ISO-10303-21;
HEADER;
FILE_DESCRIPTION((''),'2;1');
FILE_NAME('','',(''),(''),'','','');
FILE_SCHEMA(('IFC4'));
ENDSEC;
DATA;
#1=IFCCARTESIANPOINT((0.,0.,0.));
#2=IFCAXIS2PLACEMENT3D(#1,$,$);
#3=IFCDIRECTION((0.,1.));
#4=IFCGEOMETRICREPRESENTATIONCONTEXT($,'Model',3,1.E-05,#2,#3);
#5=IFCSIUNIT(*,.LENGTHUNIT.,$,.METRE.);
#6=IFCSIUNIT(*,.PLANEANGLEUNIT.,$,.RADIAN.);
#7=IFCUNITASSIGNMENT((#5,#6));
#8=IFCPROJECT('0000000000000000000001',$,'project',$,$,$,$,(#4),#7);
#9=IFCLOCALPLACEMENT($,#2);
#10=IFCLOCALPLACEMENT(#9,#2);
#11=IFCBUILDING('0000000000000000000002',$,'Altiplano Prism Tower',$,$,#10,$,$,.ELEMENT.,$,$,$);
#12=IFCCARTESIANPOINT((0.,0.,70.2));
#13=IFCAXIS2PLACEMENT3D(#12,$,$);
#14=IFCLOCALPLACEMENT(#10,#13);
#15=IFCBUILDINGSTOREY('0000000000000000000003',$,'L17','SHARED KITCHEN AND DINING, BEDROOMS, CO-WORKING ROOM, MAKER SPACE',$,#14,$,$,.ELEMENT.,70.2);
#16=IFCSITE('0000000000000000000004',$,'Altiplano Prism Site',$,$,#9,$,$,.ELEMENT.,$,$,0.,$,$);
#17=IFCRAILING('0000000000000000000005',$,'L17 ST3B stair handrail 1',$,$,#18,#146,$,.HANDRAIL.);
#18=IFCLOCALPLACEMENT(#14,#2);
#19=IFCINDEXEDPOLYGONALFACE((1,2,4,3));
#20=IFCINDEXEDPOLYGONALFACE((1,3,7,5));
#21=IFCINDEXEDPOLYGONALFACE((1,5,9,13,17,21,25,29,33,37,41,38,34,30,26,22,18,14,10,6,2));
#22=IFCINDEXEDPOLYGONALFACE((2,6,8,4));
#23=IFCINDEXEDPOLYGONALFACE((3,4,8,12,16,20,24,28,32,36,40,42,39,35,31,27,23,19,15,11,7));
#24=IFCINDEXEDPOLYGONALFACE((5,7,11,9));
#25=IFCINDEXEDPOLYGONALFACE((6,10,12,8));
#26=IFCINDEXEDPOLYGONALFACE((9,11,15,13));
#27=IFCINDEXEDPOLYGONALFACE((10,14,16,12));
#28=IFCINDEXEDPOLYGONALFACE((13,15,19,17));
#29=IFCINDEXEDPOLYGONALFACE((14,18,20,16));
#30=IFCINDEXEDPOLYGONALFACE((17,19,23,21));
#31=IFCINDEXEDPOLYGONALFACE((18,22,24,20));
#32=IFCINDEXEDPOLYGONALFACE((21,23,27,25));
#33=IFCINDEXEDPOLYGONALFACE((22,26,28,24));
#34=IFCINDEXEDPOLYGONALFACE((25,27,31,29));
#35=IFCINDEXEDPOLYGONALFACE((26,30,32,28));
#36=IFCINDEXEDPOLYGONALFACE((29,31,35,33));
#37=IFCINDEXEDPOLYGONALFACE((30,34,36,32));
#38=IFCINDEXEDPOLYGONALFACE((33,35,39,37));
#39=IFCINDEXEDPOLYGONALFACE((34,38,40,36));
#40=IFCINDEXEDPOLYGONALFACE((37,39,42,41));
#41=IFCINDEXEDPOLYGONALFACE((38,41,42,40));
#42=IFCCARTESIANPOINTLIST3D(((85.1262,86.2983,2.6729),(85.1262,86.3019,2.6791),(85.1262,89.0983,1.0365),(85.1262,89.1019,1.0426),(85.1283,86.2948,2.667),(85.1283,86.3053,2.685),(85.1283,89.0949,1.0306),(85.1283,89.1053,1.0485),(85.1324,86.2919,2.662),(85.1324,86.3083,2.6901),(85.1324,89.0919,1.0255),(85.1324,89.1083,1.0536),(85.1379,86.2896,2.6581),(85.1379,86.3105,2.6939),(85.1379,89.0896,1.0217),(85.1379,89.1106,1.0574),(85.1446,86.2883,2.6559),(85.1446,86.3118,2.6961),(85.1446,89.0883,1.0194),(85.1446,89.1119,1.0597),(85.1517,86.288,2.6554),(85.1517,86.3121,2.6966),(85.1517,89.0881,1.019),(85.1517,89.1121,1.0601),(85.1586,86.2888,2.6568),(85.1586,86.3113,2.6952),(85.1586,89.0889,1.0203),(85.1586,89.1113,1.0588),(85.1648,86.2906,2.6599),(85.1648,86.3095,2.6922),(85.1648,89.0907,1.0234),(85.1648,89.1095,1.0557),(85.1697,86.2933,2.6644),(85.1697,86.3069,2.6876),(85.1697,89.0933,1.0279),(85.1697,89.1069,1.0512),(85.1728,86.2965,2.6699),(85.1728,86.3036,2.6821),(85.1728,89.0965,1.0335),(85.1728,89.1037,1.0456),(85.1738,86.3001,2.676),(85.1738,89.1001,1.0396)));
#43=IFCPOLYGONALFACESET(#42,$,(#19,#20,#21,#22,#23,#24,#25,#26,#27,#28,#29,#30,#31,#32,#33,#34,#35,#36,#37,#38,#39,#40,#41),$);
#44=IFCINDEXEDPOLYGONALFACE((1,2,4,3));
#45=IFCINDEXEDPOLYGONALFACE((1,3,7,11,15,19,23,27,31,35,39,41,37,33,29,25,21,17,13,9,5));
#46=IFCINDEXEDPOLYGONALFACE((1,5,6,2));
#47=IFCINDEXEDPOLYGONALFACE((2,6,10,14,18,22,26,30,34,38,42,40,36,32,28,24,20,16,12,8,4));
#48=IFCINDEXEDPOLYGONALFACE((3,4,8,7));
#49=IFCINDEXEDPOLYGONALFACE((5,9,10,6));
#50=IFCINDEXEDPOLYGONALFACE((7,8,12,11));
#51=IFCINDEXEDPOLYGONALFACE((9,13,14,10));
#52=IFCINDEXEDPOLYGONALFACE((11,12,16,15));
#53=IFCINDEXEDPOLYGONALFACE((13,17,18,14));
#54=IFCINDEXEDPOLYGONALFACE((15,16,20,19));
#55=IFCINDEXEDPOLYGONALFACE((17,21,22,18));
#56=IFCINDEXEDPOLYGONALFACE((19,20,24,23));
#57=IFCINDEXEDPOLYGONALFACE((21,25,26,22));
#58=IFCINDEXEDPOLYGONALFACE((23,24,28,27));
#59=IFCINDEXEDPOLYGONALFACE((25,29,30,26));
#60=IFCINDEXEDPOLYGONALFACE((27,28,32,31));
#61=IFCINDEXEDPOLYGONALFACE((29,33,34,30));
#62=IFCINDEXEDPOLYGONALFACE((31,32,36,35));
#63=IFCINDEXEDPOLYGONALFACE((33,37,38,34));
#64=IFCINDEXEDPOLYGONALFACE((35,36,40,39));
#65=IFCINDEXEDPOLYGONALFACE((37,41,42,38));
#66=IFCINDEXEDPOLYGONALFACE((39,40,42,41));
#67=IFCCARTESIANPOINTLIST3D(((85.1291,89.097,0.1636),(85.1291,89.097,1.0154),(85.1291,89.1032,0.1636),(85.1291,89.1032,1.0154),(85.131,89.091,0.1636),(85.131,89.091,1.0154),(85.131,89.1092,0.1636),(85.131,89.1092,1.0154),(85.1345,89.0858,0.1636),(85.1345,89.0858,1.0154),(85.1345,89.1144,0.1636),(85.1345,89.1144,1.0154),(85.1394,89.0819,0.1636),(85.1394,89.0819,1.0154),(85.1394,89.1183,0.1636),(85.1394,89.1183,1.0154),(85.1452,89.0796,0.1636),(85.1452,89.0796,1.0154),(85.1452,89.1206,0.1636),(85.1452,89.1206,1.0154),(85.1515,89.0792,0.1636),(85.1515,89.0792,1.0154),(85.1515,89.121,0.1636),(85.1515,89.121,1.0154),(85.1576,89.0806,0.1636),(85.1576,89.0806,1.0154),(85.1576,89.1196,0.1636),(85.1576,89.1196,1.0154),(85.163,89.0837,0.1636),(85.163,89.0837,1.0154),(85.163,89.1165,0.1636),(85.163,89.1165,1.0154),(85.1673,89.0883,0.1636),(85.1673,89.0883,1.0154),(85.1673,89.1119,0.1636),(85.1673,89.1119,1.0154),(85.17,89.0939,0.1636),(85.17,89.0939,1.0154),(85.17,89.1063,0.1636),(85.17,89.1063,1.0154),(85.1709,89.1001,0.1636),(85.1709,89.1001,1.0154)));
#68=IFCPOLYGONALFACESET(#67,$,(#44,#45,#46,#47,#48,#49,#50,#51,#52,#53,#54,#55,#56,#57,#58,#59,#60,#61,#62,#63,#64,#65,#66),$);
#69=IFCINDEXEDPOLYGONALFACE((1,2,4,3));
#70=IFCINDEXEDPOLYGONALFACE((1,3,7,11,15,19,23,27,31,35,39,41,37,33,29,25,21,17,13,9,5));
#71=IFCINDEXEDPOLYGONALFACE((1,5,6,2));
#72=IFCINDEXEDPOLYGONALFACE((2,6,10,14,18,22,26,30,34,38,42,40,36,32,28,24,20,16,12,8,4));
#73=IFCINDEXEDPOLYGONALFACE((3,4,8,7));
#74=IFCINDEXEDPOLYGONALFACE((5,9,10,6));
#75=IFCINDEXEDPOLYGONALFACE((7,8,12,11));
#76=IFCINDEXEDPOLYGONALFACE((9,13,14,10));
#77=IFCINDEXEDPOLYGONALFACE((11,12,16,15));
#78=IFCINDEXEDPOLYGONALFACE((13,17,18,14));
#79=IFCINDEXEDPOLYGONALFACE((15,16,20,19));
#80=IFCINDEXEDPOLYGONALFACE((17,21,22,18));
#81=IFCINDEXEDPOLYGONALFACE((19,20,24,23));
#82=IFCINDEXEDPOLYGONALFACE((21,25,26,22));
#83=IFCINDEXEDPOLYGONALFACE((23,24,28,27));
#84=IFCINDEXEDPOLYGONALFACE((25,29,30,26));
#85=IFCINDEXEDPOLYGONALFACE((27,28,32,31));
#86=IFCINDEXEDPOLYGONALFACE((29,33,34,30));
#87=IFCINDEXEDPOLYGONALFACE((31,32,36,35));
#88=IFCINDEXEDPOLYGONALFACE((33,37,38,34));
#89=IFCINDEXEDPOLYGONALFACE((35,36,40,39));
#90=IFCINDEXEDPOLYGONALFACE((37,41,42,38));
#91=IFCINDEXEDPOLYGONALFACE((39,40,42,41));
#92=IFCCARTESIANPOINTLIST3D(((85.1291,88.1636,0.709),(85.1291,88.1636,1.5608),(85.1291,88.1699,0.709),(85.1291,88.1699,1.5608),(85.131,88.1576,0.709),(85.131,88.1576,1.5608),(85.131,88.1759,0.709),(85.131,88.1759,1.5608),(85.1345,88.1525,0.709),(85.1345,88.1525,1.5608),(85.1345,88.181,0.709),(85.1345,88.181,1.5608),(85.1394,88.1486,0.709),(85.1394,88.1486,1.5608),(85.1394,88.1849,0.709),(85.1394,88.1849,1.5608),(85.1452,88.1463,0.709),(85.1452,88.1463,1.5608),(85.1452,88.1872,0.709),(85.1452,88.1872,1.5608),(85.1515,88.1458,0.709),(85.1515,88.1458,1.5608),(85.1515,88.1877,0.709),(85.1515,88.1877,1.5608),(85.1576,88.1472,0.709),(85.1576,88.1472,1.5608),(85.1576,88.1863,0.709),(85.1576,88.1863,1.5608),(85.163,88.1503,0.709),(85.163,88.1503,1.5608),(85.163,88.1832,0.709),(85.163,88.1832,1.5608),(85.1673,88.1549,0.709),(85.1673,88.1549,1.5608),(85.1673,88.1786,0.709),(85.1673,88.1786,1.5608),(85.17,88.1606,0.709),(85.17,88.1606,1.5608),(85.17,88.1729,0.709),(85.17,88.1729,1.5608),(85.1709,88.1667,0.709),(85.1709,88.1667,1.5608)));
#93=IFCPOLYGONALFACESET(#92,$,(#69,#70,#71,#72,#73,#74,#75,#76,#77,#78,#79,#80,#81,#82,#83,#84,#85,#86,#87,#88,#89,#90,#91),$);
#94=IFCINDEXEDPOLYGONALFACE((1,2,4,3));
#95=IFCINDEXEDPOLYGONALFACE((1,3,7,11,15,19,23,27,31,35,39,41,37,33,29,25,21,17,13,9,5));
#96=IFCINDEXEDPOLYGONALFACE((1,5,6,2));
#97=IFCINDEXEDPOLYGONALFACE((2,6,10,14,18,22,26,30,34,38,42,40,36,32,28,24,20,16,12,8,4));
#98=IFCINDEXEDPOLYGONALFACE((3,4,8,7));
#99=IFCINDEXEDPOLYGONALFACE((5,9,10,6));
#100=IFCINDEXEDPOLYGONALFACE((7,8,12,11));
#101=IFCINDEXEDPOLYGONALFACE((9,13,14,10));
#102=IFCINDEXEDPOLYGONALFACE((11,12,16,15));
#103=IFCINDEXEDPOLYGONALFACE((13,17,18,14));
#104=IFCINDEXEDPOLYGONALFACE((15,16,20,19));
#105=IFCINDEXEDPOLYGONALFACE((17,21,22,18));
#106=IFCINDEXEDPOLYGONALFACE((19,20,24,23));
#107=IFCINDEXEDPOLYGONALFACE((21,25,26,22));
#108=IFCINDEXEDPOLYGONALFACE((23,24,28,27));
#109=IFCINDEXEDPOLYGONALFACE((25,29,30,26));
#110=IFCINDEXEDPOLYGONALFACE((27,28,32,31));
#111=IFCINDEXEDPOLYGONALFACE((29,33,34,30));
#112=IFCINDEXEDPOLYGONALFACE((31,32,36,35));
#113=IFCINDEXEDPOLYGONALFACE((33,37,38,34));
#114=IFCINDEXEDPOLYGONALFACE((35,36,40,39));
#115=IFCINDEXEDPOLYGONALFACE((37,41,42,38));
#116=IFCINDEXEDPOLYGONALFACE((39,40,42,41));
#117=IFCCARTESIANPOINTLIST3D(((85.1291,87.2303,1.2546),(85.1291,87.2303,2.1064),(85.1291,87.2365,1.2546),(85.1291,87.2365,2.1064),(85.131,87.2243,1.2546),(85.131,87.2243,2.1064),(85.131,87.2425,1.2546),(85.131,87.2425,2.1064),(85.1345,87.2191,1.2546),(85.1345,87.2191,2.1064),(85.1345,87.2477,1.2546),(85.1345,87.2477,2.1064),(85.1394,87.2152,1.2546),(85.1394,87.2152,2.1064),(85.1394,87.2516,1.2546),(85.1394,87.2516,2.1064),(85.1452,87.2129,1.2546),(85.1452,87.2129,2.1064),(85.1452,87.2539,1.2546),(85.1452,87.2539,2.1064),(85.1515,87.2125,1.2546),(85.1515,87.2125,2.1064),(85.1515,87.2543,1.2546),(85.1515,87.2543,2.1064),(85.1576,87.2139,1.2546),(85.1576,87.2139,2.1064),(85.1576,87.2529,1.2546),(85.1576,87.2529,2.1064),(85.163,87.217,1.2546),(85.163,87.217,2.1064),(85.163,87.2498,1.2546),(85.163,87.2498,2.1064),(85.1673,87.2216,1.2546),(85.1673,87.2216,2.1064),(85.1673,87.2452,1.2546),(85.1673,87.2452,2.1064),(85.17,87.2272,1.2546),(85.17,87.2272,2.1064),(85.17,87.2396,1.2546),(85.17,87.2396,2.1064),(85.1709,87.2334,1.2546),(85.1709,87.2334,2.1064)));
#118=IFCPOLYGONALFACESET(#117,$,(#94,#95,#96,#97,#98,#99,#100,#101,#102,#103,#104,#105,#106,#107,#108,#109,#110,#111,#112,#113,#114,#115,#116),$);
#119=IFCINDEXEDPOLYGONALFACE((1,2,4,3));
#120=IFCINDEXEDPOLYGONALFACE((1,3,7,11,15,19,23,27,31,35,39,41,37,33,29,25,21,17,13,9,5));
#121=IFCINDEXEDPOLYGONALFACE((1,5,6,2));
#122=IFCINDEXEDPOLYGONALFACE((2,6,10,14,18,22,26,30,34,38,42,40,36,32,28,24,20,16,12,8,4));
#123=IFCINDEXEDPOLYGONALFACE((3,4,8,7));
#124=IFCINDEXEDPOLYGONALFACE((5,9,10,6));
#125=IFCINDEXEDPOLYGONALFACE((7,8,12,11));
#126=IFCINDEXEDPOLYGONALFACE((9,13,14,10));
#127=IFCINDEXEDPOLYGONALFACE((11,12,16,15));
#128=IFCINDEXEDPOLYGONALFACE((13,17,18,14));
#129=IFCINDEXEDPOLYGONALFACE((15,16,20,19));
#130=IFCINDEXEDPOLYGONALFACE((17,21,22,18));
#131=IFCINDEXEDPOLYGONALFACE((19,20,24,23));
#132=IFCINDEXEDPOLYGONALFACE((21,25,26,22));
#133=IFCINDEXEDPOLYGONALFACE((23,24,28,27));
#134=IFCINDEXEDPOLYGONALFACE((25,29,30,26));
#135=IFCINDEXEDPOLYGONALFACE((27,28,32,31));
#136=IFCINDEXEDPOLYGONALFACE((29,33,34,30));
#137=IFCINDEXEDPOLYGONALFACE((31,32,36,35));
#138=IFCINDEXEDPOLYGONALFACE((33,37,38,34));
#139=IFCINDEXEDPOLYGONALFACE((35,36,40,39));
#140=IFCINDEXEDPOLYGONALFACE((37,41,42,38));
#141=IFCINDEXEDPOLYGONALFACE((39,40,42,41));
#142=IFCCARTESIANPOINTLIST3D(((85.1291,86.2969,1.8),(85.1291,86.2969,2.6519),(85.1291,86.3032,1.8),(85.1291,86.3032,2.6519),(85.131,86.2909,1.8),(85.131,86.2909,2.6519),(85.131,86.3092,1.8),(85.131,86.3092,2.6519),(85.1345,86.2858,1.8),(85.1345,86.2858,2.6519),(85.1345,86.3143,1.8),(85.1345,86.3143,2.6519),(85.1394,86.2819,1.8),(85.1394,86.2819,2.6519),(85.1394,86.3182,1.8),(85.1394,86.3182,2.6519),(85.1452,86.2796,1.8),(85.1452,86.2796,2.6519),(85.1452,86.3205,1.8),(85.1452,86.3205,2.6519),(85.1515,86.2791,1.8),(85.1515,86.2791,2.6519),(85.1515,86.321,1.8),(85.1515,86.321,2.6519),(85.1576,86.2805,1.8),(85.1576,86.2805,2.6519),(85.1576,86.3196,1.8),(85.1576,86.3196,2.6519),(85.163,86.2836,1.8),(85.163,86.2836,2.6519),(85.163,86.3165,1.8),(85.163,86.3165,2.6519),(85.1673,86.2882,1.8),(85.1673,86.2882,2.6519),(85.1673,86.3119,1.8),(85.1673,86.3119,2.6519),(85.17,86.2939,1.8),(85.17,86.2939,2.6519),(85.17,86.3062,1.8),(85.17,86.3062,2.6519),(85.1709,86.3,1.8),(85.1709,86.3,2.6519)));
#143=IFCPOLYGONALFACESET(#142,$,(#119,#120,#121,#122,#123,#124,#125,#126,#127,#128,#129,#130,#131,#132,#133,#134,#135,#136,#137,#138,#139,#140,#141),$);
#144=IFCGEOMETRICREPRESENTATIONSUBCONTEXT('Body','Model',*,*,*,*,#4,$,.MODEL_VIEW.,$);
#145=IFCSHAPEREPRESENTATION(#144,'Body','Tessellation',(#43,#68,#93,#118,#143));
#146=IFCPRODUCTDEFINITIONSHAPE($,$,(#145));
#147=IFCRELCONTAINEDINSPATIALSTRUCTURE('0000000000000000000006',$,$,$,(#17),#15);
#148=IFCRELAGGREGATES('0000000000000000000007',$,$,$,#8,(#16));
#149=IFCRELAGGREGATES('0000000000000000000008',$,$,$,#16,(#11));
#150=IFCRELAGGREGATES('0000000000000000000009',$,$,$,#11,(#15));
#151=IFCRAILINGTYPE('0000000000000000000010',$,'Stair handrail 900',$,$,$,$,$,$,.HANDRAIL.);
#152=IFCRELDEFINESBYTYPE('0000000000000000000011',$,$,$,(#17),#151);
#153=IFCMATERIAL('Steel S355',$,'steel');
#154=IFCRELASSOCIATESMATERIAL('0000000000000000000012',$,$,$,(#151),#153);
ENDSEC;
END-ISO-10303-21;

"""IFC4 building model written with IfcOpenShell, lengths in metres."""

from ifc_helpers import new_model, si_unit, direction, frame, origin, origin_2d, place, context, subcontext, project, spatial, circle, extrude, material, type_object, element, save


model = new_model("IFC4")

# Units and contexts
model_context = context("Model", 3, precision=1e-05, world=origin(), true_north=direction((0.0, 1.0)))
body_context = subcontext(model_context, "Body", "Model", "MODEL_VIEW")
ifc_project = project(units=[si_unit("LENGTHUNIT", "METRE"), si_unit("PLANEANGLEUNIT", "RADIAN")], contexts=[model_context])

# Site, building, storey
site_placement = place(None, origin())
site = spatial("IfcSite", under=ifc_project, at=site_placement, Name="Altiplano Prism Site", CompositionType="ELEMENT", RefElevation=0.0)
building_placement = place(site_placement, origin())
building = spatial("IfcBuilding", under=site, at=building_placement, Name="Altiplano Prism Tower", CompositionType="ELEMENT")
storey_placement = place(building_placement, frame((0.0, 0.0, 70.2)))
storey = spatial("IfcBuildingStorey", under=building, at=storey_placement, Name="L17", Description="SHARED KITCHEN AND DINING, BEDROOMS, CO-WORKING ROOM, MAKER SPACE", CompositionType="ELEMENT", Elevation=70.2)

# Railing
ifc_material_1 = material(Name="Steel S355", Category="steel")
railing_type_1 = type_object("IfcRailingType", Name="Stair handrail 900", PredefinedType="HANDRAIL", material=ifc_material_1)
for number, where, name in (
    (1, (85.1499, 89.1001, 0.1636), "L17 ST3B stair handrail 1"),
):
    element("IfcRailing", number, at=place(storey_placement, frame(where)), inside=storey, type_object=railing_type_1, Name=name, PredefinedType="HANDRAIL", context=body_context, shape_type="SweptSolid", body=[
        extrude(circle(Radius=0.0239, at=origin_2d()), frame((0.0, 0.0, 0.876), z_axis=(0.0, -0.863361, 0.504587), x_axis=(1.0, 0.0, 0.0)), (0.0, 0.0, 1.0), 3.2432),
        extrude(circle(Radius=0.021, at=origin_2d()), origin(), (0.0, 0.0, 1.0), 0.8518),
        extrude(circle(Radius=0.021, at=origin_2d()), frame((0.0, -0.9333, 0.5454)), (0.0, 0.0, 1.0), 0.8518),
        extrude(circle(Radius=0.021, at=origin_2d()), frame((0.0, -1.8667, 1.0911)), (0.0, 0.0, 1.0), 0.8518),
        extrude(circle(Radius=0.021, at=origin_2d()), frame((0.0, -2.8, 1.6365)), (0.0, 0.0, 1.0), 0.8518),
    ])

save(model, "model.ifc")
